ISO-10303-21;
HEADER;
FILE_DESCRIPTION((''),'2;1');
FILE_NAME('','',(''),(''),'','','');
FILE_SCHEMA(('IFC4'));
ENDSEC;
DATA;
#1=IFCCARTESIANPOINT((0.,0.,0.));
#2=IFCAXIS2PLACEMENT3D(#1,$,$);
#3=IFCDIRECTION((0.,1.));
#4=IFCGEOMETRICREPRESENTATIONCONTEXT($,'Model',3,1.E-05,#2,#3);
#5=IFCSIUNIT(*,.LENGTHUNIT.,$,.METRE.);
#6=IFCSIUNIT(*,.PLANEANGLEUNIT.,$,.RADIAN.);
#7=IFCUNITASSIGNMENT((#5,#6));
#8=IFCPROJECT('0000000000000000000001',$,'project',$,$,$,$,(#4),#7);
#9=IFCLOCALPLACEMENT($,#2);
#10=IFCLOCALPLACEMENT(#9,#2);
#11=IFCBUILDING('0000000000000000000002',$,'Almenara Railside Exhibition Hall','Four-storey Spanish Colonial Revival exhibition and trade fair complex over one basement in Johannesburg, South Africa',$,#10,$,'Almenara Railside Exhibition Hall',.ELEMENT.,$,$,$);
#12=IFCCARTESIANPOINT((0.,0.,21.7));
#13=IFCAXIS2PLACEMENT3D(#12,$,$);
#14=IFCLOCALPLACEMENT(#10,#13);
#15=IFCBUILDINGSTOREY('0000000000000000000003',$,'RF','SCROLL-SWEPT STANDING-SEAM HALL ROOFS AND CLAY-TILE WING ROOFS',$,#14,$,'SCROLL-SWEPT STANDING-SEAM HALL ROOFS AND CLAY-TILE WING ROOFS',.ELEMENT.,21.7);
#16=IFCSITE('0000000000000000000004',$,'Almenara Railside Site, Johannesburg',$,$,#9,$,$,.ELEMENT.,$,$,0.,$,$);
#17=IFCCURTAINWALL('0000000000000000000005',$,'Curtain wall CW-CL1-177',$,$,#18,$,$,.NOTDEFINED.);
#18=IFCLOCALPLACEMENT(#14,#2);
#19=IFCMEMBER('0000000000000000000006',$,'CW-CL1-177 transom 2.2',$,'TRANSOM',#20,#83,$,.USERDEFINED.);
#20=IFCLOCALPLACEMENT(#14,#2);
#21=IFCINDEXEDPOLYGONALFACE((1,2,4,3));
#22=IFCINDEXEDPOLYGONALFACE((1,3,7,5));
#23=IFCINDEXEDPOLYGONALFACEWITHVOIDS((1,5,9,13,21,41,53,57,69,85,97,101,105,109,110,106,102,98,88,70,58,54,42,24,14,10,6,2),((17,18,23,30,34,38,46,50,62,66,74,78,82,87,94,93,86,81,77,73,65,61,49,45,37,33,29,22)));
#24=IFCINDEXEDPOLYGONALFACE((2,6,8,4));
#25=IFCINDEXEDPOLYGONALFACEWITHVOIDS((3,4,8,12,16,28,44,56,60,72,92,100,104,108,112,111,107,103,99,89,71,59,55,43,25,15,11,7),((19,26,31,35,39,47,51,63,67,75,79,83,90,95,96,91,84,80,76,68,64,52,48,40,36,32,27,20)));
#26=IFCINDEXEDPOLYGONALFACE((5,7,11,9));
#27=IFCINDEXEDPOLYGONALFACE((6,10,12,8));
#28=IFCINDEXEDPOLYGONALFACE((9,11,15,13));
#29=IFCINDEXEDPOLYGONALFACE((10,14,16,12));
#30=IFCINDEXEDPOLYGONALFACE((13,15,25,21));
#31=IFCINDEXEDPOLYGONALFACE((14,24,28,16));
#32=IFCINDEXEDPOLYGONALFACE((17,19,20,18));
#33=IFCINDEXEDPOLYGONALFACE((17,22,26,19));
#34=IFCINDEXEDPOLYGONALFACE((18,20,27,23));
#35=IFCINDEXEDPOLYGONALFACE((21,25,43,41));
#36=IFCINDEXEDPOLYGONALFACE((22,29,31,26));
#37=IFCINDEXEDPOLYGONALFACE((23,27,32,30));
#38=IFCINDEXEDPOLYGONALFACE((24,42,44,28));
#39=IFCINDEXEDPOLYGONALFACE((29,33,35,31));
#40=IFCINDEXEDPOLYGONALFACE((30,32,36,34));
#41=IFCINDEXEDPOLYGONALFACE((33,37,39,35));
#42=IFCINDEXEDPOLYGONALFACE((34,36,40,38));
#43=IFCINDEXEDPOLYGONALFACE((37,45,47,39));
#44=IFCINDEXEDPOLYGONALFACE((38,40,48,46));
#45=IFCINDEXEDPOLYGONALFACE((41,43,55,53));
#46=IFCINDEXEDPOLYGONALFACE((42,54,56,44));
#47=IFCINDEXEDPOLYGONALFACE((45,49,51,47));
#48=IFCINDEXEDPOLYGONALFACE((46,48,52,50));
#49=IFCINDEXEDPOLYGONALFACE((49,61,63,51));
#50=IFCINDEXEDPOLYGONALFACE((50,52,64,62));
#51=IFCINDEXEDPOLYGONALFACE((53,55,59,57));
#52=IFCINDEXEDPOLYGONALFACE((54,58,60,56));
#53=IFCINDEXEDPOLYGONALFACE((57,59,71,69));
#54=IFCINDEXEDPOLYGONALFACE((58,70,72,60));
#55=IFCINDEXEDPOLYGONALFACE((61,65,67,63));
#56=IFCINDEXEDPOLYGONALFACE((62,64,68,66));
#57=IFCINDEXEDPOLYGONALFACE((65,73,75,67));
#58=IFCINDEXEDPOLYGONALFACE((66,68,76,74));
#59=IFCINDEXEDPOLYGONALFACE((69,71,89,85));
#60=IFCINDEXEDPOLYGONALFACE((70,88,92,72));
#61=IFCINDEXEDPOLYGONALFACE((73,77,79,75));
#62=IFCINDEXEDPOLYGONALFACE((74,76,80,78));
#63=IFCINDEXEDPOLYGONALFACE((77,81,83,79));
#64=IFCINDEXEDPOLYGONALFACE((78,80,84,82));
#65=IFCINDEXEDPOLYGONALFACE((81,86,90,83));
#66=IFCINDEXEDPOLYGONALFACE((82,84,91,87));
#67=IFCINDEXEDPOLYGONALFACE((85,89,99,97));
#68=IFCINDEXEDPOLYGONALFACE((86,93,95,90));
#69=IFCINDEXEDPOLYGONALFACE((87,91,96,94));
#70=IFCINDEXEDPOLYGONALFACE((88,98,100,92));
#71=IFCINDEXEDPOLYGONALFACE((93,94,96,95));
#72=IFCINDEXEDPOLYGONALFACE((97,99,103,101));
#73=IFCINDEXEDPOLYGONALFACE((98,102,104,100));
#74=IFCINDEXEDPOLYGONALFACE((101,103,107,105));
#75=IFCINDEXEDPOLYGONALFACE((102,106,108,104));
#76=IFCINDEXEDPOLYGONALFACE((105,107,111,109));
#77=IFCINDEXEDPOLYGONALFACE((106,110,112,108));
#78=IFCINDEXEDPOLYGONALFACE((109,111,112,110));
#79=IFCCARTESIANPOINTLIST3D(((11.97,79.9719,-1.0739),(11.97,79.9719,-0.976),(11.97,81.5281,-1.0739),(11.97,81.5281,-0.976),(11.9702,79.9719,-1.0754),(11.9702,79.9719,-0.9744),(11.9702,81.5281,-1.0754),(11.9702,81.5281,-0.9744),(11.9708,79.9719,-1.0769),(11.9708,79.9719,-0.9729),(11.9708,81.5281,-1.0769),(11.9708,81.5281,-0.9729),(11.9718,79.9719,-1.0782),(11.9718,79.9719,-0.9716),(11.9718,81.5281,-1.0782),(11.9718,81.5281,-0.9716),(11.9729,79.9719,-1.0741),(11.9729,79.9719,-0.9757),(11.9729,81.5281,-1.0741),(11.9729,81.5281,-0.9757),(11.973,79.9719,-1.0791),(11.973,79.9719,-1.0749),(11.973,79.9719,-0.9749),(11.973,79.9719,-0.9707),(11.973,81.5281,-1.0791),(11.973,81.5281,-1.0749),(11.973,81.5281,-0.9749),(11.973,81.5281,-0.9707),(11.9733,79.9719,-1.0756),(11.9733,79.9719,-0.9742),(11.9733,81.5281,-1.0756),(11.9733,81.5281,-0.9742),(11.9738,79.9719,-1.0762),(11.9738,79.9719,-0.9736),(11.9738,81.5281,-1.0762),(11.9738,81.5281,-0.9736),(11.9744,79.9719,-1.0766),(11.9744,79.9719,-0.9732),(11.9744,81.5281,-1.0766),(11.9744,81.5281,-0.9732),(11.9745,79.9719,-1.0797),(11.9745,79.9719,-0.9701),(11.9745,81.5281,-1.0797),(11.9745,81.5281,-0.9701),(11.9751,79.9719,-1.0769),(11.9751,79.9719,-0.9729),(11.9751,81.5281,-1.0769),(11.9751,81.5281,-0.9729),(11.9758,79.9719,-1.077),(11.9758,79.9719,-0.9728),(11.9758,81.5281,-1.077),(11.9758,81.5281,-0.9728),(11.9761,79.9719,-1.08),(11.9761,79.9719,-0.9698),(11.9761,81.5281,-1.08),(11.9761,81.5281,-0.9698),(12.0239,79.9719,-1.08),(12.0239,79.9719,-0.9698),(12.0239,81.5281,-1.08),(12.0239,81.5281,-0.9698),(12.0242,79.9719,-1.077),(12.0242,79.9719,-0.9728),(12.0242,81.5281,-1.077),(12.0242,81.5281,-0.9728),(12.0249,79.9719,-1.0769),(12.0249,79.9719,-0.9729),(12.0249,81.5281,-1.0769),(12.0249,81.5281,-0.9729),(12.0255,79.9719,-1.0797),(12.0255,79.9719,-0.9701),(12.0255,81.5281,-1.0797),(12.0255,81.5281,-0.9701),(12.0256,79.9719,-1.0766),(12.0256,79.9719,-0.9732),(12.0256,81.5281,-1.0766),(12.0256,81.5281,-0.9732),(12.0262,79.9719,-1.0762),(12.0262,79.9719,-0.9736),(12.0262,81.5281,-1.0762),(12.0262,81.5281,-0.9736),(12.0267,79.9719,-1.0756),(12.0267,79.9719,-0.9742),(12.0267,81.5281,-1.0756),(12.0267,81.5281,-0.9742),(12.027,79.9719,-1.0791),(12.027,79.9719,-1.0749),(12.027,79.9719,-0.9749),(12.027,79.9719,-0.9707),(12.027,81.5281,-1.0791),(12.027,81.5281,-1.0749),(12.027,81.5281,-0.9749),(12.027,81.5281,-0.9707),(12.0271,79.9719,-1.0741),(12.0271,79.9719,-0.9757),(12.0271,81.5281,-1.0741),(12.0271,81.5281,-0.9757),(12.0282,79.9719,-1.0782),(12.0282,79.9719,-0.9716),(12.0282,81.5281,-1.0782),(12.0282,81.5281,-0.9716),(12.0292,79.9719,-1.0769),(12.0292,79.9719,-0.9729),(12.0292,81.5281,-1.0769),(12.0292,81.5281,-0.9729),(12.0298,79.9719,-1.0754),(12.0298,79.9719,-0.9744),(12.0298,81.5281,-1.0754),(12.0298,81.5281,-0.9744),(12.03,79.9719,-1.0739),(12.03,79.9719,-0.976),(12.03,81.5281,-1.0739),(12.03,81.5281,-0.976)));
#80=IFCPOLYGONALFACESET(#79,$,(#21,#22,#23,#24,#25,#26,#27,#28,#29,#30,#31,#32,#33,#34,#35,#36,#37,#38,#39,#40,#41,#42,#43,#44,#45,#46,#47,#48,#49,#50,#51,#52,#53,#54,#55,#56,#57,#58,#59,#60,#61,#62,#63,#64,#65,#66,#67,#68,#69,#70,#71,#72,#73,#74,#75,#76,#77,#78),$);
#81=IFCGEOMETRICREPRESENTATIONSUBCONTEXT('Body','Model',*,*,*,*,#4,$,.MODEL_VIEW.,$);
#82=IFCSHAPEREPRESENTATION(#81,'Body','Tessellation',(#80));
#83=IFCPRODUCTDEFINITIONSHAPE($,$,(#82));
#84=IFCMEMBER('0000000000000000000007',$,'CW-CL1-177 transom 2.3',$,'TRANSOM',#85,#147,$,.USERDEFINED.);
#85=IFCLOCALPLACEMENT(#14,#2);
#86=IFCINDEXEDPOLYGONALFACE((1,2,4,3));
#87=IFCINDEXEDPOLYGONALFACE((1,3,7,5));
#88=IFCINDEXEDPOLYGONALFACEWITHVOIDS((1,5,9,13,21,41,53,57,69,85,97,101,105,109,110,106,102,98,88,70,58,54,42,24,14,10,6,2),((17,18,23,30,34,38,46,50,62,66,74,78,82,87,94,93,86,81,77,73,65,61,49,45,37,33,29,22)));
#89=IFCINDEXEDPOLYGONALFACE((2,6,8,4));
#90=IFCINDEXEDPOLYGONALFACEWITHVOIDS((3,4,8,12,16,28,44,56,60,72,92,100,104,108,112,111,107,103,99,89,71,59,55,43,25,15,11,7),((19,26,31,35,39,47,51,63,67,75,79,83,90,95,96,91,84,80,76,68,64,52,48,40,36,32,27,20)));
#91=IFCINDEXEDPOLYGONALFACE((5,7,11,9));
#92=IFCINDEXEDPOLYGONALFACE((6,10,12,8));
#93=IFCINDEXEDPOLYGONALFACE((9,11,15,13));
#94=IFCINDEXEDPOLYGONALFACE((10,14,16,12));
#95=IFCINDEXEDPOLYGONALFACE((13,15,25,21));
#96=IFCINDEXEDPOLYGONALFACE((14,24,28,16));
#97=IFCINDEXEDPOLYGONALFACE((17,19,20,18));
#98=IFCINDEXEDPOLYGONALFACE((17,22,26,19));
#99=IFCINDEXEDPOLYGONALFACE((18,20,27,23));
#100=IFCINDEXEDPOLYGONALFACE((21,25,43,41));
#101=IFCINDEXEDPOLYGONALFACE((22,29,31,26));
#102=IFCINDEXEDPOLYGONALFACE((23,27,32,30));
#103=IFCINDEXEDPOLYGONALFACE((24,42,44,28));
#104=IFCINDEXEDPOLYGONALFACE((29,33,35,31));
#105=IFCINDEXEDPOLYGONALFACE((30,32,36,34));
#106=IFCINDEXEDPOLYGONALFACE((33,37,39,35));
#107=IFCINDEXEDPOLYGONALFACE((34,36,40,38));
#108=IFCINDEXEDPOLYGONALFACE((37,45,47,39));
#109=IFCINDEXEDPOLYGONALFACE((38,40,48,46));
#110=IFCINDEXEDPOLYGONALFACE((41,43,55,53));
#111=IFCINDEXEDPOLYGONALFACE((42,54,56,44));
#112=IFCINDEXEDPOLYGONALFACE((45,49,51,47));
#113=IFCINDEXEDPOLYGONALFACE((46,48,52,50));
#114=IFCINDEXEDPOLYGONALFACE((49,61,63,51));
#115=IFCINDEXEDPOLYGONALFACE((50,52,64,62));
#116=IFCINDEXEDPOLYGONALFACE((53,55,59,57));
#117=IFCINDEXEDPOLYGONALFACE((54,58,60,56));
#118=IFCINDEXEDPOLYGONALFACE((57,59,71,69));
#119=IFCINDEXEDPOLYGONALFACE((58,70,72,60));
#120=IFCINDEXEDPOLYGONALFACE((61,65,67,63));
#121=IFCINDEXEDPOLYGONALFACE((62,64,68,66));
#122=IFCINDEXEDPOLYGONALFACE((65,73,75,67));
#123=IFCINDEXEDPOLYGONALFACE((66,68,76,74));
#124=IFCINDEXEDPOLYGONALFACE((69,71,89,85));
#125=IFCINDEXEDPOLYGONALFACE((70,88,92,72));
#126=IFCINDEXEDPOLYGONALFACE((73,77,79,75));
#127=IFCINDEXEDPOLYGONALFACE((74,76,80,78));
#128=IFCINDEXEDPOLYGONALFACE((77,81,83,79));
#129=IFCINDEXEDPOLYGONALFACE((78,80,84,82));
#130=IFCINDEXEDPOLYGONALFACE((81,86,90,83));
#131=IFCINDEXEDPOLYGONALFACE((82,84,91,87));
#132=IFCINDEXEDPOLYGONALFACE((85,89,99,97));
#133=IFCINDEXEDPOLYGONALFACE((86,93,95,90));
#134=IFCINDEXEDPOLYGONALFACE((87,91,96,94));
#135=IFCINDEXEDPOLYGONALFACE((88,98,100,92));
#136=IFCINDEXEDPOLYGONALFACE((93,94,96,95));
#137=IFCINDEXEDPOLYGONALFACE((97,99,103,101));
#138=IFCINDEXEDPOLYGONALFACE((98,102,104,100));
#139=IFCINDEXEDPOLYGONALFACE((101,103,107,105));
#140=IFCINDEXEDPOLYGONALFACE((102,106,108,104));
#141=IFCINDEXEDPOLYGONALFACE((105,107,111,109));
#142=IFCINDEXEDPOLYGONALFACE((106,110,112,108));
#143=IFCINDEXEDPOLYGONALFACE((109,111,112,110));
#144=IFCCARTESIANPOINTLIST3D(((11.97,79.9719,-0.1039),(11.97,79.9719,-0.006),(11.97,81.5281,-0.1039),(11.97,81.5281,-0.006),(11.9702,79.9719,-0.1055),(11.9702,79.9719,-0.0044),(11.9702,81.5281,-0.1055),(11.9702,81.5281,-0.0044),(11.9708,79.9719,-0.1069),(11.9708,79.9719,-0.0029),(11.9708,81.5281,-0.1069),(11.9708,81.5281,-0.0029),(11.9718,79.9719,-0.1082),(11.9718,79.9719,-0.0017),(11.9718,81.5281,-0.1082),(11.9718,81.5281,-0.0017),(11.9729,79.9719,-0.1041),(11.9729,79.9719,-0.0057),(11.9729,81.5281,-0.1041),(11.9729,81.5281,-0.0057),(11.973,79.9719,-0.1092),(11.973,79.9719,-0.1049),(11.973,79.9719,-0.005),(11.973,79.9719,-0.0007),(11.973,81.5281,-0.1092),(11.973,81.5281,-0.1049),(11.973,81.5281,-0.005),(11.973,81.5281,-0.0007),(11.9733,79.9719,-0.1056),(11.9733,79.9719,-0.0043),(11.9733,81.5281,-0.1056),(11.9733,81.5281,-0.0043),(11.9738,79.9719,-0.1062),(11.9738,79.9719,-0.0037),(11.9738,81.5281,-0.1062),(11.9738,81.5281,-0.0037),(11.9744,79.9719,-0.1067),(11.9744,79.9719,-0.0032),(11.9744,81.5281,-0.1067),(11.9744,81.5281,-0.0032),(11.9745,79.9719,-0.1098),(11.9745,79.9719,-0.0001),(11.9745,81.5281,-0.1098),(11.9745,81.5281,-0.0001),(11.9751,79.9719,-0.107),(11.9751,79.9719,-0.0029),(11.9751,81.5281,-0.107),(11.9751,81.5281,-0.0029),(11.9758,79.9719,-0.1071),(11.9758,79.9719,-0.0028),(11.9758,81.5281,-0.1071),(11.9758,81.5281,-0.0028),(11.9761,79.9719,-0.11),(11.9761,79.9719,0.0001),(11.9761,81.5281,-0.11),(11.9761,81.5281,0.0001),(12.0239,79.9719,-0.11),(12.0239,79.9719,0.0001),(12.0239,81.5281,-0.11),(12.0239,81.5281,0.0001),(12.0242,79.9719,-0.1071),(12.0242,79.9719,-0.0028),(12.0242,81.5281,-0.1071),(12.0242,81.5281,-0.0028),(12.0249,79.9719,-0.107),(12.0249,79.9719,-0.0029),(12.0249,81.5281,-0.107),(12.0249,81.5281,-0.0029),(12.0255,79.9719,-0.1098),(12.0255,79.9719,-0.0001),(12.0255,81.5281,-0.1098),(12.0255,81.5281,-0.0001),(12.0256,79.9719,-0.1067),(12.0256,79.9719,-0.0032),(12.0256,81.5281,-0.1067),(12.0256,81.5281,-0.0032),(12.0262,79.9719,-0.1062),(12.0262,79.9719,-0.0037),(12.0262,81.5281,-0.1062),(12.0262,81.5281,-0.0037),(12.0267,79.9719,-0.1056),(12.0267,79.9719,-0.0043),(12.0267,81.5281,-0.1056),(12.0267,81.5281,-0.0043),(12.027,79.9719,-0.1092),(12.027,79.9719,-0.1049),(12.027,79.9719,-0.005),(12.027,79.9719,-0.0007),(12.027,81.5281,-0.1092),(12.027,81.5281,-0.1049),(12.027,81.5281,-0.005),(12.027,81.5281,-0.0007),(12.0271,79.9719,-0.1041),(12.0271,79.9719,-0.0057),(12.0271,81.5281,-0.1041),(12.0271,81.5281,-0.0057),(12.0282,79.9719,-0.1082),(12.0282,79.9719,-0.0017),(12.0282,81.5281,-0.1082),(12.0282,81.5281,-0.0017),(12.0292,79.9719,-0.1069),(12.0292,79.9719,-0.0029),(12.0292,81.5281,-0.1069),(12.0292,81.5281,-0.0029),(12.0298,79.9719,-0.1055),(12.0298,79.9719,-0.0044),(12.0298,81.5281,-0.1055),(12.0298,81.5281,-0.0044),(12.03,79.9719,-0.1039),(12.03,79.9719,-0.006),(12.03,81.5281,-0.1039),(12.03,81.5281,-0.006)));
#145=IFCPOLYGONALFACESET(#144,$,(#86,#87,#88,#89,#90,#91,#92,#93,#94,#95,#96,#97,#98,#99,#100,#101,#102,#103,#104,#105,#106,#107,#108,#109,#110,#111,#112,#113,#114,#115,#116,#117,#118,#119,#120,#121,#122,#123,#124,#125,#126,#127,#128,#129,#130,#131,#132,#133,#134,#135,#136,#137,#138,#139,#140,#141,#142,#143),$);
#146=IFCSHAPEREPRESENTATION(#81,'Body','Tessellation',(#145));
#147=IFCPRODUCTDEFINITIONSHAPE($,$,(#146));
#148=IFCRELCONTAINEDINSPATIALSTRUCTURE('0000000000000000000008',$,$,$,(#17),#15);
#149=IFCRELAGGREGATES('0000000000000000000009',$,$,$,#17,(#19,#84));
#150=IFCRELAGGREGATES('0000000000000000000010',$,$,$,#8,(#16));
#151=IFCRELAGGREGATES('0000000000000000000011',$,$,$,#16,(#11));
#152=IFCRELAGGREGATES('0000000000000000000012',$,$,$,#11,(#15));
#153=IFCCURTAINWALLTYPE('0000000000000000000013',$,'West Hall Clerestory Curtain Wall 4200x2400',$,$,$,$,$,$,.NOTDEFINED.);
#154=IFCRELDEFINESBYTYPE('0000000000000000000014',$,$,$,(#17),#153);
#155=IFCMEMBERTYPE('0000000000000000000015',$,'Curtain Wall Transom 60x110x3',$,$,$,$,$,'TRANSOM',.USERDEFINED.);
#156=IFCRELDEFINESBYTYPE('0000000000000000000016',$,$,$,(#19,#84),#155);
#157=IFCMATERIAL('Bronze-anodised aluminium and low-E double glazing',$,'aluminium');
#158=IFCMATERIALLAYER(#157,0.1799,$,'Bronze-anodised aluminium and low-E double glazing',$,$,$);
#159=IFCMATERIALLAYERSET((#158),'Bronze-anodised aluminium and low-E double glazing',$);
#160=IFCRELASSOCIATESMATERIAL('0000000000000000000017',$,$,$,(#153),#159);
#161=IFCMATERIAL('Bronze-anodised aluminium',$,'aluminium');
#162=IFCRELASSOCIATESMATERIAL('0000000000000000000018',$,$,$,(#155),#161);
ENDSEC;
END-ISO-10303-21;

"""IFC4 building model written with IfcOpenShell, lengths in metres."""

from ifc_helpers import new_model, si_unit, direction, frame, origin, origin_2d, place, context, subcontext, project, spatial, hollow_rectangle, extrude, material, layer, layer_set, material_profile, profile_set, type_object, element, aggregate, save


model = new_model("IFC4")

# Units and contexts
model_context = context("Model", 3, precision=1e-05, world=origin(), true_north=direction((0.0, 1.0)))
body_context = subcontext(model_context, "Body", "Model", "MODEL_VIEW")
ifc_project = project(units=[si_unit("LENGTHUNIT", "METRE"), si_unit("PLANEANGLEUNIT", "RADIAN")], contexts=[model_context])

# Site, building, storey
site_placement = place(None, origin())
site = spatial("IfcSite", under=ifc_project, at=site_placement, Name="Almenara Railside Site, Johannesburg", CompositionType="ELEMENT", RefElevation=0.0)
building_placement = place(site_placement, origin())
building = spatial("IfcBuilding", under=site, at=building_placement, Name="Almenara Railside Exhibition Hall", Description="Four-storey Spanish Colonial Revival exhibition and trade fair complex over one basement in Johannesburg, South Africa", LongName="Almenara Railside Exhibition Hall", CompositionType="ELEMENT")
storey_placement = place(building_placement, frame((0.0, 0.0, 21.7)))
storey = spatial("IfcBuildingStorey", under=building, at=storey_placement, Name="RF", Description="SCROLL-SWEPT STANDING-SEAM HALL ROOFS AND CLAY-TILE WING ROOFS", LongName="SCROLL-SWEPT STANDING-SEAM HALL ROOFS AND CLAY-TILE WING ROOFS", CompositionType="ELEMENT", Elevation=21.7)

# Curtain wall
ifc_material_1 = material(Name="Bronze-anodised aluminium and low-E double glazing", Category="aluminium")
ifc_layer_1 = layer(ifc_material_1, 0.1799, Name="Bronze-anodised aluminium and low-E double glazing")
ifc_layer_set_1 = layer_set([ifc_layer_1], Name="Bronze-anodised aluminium and low-E double glazing")
curtain_wall_type = type_object("IfcCurtainWallType", Name="West Hall Clerestory Curtain Wall 4200x2400", PredefinedType="NOTDEFINED", material=ifc_layer_set_1)
curtain_wall_1_placement = place(storey_placement, origin())
curtain_wall_1 = element("IfcCurtainWall", 1, at=curtain_wall_1_placement, inside=storey, type_object=curtain_wall_type, Name="Curtain wall CW-CL1-177", PredefinedType="NOTDEFINED")
ifc_material_2 = material(Name="Bronze-anodised aluminium", Category="aluminium")

# Members
ifc_material_profile_1 = material_profile(ifc_material_2, hollow_rectangle(XDim=0.0601, YDim=0.1101, WallThickness=0.0029, InnerFilletRadius=0.0029, OuterFilletRadius=0.0061, at=origin_2d()), Name="ALU-TRN 60x110x3")
ifc_profile_set_1 = profile_set([ifc_material_profile_1], Name="Bronze-anodised aluminium")
member_type_1 = type_object("IfcMemberType", Name="Curtain Wall Transom 60x110x3", ElementType="TRANSOM", PredefinedType="USERDEFINED", material=ifc_profile_set_1)
member_1_placement = place(storey_placement, frame((12.0, 79.9719, -1.0249), z_axis=(0.0, 1.0, 0.0), x_axis=(-1.0, 0.0, 0.0)))
member_1 = element("IfcMember", 2, at=member_1_placement, type_object=member_type_1, Name="CW-CL1-177 transom 2.2", ObjectType="TRANSOM", PredefinedType="USERDEFINED", context=body_context, shape_type="SweptSolid", body=[
    extrude(hollow_rectangle(XDim=0.0601, YDim=0.1101, WallThickness=0.0029, InnerFilletRadius=0.0029, OuterFilletRadius=0.0061, at=origin_2d()), origin(), (0.0, 0.0, 1.0), 1.5562),
])
member_2_placement = place(storey_placement, frame((12.0, 79.9719, -0.0549), z_axis=(0.0, 1.0, 0.0), x_axis=(-1.0, 0.0, 0.0)))
member_2 = element("IfcMember", 3, at=member_2_placement, type_object=member_type_1, Name="CW-CL1-177 transom 2.3", ObjectType="TRANSOM", PredefinedType="USERDEFINED", context=body_context, shape_type="SweptSolid", body=[
    extrude(hollow_rectangle(XDim=0.0601, YDim=0.1101, WallThickness=0.0029, InnerFilletRadius=0.0029, OuterFilletRadius=0.0061, at=origin_2d()), origin(), (0.0, 0.0, 1.0), 1.5562),
])

aggregate(curtain_wall_1, [member_1, member_2])

save(model, "model.ifc")
